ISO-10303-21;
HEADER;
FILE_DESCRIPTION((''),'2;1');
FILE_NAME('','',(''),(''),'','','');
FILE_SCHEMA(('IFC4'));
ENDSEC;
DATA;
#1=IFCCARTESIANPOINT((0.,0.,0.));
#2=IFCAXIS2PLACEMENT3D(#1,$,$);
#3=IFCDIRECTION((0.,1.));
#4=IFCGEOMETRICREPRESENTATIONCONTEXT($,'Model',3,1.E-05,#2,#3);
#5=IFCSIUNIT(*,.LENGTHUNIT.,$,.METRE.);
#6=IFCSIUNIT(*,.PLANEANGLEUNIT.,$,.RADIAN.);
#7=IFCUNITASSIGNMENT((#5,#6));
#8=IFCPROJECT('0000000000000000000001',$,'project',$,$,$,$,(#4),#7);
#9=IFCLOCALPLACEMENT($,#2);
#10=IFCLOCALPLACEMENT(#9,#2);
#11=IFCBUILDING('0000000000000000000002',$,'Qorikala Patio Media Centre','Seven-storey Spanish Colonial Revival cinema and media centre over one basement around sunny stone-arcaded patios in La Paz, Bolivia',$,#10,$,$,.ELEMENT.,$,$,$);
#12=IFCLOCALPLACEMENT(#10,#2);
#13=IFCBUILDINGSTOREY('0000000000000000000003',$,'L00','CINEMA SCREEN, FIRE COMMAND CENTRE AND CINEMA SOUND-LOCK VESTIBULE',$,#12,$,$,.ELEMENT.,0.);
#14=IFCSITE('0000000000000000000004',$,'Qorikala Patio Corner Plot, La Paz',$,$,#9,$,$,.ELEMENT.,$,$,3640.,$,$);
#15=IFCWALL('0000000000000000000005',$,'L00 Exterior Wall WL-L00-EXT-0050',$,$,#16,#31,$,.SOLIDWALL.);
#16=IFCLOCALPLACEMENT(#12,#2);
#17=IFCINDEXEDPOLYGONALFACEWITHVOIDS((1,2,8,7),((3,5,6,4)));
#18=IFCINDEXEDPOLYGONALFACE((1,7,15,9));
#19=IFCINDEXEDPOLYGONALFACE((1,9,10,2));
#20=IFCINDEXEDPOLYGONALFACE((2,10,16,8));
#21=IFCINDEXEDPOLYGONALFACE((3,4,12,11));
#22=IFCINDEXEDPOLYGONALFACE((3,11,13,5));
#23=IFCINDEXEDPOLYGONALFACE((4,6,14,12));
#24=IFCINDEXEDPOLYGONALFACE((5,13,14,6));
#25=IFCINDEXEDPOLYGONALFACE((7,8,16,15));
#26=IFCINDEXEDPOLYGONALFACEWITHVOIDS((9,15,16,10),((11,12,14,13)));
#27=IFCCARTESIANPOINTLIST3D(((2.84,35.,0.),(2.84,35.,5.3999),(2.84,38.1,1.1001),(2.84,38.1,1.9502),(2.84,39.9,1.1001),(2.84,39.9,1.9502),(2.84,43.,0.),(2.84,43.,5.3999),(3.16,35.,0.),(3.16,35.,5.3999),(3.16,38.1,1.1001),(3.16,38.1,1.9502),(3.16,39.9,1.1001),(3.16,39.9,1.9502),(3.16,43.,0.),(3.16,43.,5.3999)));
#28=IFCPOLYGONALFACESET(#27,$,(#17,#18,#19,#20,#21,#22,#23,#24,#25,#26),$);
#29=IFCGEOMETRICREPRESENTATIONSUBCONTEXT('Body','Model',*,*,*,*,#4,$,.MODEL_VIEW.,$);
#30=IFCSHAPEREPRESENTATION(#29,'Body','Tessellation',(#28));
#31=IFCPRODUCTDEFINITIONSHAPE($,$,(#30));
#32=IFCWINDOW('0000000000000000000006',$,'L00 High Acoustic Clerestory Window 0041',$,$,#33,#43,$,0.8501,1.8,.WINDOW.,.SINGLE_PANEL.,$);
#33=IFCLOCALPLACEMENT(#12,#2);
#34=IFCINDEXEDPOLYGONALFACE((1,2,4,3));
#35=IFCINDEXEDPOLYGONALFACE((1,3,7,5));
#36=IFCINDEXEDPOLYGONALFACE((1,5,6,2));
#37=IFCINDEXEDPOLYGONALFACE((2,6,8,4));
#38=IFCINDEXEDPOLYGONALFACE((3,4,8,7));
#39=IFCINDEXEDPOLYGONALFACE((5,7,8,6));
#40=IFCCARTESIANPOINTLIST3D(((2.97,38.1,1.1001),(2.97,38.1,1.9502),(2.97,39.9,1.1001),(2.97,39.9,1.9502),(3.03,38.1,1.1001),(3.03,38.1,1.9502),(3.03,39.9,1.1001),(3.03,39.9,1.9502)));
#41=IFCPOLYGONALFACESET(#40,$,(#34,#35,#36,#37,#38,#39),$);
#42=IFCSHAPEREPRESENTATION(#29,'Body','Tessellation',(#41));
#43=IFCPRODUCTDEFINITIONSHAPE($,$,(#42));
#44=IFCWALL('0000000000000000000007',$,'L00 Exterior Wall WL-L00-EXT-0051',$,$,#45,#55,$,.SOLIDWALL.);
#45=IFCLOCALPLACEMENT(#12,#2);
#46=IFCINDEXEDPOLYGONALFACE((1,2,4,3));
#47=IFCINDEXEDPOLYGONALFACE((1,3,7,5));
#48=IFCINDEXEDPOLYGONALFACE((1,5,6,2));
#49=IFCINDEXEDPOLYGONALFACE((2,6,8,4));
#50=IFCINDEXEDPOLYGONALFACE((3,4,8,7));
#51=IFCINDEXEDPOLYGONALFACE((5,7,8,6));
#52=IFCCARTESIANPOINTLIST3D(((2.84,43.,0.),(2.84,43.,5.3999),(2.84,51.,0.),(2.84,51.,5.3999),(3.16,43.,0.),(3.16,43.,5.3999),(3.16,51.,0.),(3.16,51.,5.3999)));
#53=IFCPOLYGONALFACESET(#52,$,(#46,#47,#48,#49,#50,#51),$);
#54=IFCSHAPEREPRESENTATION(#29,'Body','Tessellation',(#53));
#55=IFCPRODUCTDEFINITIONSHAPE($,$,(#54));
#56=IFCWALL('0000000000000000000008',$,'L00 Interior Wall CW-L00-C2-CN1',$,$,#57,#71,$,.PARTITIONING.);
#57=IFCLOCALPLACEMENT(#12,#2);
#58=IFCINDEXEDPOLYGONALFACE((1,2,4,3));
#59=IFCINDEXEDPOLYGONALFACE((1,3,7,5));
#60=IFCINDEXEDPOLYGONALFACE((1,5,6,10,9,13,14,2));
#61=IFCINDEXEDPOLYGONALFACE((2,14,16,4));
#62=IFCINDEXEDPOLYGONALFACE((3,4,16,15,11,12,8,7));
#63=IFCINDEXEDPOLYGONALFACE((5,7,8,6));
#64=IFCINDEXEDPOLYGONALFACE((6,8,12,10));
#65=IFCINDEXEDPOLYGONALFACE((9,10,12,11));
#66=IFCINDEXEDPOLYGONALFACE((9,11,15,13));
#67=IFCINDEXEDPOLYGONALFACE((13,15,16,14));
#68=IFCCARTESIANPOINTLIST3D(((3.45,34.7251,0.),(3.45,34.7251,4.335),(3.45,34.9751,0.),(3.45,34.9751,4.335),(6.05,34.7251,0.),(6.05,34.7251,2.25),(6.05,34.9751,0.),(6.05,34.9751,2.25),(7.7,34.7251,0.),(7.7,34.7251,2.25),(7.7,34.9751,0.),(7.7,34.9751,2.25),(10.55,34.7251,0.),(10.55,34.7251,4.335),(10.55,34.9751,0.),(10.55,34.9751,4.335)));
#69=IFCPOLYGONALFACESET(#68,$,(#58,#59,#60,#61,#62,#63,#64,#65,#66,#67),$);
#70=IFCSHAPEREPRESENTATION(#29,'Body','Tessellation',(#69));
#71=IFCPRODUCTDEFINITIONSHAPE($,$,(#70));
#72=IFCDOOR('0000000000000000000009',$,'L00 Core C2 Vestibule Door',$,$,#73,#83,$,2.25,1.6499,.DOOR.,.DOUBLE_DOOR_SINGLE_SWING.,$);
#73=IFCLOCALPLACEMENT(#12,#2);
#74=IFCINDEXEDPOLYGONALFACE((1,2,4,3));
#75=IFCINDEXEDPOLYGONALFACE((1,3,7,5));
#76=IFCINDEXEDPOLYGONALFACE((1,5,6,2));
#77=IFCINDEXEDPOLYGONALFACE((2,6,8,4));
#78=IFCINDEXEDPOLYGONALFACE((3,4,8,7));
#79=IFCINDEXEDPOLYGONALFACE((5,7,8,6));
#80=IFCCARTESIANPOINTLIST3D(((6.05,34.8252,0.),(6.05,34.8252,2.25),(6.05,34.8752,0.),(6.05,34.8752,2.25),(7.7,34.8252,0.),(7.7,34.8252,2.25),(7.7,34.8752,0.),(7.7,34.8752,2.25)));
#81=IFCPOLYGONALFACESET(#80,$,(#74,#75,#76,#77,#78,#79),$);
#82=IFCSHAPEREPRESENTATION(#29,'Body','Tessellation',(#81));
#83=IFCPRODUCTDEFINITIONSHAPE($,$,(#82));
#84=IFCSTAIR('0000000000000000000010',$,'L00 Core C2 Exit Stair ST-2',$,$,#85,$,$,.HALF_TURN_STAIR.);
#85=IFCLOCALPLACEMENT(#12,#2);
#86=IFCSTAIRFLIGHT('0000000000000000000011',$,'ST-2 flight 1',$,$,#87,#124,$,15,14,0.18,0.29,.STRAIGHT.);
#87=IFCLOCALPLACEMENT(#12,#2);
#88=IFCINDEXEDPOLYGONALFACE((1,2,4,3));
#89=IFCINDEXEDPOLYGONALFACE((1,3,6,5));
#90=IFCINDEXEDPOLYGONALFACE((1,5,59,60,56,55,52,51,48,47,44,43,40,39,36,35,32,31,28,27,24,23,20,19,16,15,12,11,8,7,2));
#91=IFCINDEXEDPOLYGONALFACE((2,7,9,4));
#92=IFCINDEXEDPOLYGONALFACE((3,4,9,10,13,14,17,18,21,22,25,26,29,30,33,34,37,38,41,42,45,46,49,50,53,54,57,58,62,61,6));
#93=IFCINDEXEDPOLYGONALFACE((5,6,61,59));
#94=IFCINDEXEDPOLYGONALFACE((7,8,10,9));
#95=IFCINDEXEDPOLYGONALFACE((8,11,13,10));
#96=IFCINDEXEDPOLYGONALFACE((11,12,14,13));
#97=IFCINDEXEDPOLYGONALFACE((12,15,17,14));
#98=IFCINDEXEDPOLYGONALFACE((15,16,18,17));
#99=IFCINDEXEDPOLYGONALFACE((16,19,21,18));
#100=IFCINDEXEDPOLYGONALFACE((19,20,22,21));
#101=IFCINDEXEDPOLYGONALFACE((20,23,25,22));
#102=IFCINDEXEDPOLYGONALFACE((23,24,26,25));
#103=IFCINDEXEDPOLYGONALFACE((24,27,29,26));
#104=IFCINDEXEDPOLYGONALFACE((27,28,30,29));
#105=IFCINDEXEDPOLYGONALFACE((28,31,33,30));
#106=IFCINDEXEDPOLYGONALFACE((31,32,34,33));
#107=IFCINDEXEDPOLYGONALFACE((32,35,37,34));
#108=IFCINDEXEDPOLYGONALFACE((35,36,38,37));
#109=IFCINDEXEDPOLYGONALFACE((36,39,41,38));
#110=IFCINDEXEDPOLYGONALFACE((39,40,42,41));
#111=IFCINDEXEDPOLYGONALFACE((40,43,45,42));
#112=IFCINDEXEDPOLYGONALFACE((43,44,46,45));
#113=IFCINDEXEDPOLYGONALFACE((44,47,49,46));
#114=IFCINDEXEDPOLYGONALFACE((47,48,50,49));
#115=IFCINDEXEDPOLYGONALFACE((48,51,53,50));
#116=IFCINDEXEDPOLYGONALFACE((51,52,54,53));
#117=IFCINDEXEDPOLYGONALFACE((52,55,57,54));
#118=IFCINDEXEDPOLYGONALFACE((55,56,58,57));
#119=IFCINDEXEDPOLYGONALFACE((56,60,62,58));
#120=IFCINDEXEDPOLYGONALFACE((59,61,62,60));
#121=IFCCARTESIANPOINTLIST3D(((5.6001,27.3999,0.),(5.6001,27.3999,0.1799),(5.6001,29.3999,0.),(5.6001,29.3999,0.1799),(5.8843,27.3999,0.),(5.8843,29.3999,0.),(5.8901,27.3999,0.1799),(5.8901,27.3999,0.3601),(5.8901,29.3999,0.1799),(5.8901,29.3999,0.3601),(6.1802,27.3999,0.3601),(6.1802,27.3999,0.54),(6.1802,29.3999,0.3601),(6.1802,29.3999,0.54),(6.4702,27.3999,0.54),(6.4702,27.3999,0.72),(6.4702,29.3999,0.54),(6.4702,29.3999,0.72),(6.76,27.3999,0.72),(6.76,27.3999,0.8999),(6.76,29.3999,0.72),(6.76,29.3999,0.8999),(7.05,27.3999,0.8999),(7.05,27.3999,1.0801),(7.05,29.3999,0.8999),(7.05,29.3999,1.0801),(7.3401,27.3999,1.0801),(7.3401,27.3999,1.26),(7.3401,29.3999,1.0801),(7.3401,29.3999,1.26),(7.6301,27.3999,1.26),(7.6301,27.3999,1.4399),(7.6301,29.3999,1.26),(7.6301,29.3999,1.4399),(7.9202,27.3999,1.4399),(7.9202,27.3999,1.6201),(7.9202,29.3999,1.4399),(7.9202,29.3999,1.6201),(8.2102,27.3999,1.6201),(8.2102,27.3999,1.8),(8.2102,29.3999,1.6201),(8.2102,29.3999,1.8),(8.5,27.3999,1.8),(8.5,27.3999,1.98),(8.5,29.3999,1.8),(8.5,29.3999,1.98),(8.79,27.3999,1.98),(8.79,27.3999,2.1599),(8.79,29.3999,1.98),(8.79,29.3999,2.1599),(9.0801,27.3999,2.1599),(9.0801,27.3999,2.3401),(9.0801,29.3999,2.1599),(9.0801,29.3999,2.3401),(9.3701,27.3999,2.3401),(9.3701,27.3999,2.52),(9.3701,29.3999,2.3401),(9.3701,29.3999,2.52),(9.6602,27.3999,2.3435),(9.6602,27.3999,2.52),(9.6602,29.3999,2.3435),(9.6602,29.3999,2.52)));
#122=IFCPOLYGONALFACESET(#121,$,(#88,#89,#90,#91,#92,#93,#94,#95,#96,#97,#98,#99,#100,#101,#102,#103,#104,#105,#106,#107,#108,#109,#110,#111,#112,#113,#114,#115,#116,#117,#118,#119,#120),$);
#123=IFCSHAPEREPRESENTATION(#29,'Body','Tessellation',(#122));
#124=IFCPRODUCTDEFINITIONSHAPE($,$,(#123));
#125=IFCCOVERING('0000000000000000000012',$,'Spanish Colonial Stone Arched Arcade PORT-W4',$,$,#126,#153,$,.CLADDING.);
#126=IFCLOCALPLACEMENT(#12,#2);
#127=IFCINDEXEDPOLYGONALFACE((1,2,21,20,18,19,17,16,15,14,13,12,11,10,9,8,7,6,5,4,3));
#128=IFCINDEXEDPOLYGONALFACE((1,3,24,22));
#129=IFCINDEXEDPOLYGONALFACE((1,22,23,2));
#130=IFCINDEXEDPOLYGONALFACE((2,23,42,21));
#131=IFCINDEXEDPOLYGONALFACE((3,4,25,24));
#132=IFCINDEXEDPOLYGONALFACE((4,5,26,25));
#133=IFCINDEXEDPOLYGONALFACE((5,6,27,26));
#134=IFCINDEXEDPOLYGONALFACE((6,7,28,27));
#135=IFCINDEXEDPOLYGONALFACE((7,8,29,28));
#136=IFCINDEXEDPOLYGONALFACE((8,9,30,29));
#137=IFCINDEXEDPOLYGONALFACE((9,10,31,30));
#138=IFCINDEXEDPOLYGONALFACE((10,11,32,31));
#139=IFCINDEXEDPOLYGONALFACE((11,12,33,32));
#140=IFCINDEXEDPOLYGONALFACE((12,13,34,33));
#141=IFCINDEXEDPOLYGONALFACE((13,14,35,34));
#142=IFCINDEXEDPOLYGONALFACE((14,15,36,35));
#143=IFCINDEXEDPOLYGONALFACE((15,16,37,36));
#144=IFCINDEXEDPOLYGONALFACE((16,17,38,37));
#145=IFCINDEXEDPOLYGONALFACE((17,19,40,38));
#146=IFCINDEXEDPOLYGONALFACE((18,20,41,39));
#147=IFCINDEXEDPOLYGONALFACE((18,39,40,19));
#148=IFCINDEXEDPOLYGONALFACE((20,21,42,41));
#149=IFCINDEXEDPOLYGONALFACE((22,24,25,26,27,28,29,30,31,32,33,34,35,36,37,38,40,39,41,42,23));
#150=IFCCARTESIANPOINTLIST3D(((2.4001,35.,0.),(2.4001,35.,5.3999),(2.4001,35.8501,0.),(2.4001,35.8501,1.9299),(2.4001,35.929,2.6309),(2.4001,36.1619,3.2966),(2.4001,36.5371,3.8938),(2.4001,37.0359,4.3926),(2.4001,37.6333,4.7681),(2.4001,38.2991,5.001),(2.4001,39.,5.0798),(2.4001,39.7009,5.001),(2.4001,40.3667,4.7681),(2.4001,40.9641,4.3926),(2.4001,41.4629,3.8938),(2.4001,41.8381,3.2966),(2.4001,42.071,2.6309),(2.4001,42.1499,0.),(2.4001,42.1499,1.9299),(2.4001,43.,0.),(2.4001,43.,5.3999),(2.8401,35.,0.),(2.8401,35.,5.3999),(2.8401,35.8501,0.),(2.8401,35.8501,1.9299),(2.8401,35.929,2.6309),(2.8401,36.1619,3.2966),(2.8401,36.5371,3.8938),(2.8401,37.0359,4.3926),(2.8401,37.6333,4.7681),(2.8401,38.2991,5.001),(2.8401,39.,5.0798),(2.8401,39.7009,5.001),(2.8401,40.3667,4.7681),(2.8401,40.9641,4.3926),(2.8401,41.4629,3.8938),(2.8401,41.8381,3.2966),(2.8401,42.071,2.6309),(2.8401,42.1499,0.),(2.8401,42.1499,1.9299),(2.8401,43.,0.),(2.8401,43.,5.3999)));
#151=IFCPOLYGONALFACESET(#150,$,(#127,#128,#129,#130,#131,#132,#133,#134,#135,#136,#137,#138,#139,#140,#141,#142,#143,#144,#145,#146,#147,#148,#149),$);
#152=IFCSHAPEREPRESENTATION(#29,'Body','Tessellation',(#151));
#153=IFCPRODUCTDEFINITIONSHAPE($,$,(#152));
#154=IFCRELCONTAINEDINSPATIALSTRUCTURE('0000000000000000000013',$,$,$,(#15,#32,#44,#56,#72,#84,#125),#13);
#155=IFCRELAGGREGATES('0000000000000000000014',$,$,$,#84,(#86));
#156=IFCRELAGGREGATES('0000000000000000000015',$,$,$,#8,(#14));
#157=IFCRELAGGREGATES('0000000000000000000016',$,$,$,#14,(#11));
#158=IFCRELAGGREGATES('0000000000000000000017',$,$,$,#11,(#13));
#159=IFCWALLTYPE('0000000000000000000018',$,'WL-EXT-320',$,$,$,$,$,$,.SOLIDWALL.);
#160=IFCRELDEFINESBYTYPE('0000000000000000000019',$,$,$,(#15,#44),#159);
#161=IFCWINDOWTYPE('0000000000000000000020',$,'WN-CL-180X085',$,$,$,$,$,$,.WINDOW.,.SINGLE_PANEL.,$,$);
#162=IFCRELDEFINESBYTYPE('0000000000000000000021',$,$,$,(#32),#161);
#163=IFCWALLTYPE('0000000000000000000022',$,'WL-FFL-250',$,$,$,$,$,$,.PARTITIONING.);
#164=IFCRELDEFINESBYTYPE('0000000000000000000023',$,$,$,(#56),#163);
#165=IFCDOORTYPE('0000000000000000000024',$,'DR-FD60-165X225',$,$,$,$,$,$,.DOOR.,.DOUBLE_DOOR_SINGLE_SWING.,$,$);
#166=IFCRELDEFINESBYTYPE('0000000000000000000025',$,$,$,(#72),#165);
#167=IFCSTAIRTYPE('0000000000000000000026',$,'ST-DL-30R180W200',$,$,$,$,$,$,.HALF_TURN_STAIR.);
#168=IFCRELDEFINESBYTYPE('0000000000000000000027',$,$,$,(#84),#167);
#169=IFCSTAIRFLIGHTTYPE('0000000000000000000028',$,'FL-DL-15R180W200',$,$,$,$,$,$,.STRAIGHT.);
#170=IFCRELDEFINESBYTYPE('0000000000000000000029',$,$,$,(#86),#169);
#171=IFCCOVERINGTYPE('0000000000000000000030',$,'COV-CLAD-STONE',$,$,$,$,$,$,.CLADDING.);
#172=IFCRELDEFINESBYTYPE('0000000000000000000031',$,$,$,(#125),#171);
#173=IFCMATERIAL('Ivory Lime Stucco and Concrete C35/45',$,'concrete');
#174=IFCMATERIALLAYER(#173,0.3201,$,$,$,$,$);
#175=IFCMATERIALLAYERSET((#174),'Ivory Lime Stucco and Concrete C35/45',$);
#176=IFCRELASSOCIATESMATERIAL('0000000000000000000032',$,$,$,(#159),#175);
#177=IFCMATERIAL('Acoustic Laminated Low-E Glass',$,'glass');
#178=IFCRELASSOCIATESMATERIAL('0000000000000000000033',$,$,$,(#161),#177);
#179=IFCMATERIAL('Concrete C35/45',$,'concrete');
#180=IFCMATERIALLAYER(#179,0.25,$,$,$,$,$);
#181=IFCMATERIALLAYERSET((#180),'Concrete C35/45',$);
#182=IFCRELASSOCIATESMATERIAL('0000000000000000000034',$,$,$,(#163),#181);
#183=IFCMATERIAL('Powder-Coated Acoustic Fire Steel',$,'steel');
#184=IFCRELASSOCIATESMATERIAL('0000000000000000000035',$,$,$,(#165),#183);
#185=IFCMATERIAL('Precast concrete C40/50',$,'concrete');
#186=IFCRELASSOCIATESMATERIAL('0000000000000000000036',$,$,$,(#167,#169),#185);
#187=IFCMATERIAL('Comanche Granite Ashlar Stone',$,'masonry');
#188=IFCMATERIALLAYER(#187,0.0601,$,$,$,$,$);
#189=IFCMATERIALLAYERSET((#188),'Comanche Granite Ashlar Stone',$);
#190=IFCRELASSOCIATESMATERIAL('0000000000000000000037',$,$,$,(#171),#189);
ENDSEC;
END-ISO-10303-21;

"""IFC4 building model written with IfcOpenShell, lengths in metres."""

from ifc_helpers import new_model, si_unit, direction, frame, frame_2d, origin, place, context, subcontext, project, spatial, polyline, rectangle, outline, extrude, material, layer, layer_set, type_object, element, fill, aggregate, save


model = new_model("IFC4")

# Units and contexts
model_context = context("Model", 3, precision=1e-05, world=origin(), true_north=direction((0.0, 1.0)))
body_context = subcontext(model_context, "Body", "Model", "MODEL_VIEW")
ifc_project = project(units=[si_unit("LENGTHUNIT", "METRE"), si_unit("PLANEANGLEUNIT", "RADIAN")], contexts=[model_context])

# Site, building, storey
site_placement = place(None, origin())
site = spatial("IfcSite", under=ifc_project, at=site_placement, Name="Qorikala Patio Corner Plot, La Paz", CompositionType="ELEMENT", RefElevation=3640.0)
building_placement = place(site_placement, origin())
building = spatial("IfcBuilding", under=site, at=building_placement, Name="Qorikala Patio Media Centre", Description="Seven-storey Spanish Colonial Revival cinema and media centre over one basement around sunny stone-arcaded patios in La Paz, Bolivia", CompositionType="ELEMENT")
storey_placement = place(building_placement, origin())
storey = spatial("IfcBuildingStorey", under=building, at=storey_placement, Name="L00", Description="CINEMA SCREEN, FIRE COMMAND CENTRE AND CINEMA SOUND-LOCK VESTIBULE", CompositionType="ELEMENT", Elevation=0.0)

# Shared definitions
ifc_material_1 = material(Name="Concrete C35/45", Category="concrete")

# Shared definitions
ifc_material_2 = material(Name="Powder-Coated Acoustic Fire Steel", Category="steel")

# Wall, opening, window
ifc_material_3 = material(Name="Ivory Lime Stucco and Concrete C35/45", Category="concrete")
ifc_layer_1 = layer(ifc_material_3, 0.3201)
ifc_layer_set_1 = layer_set([ifc_layer_1], Name="Ivory Lime Stucco and Concrete C35/45")
wall_type_1 = type_object("IfcWallType", Name="WL-EXT-320", PredefinedType="SOLIDWALL", material=ifc_layer_set_1)
wall_1_placement = place(storey_placement, frame((3.0, 35.0, 0.0), z_axis=(0.0, 0.0, 1.0), x_axis=(0.0, 1.0, 0.0)))
wall_1 = element("IfcWall", 1, at=wall_1_placement, inside=storey, type_object=wall_type_1, Name="L00 Exterior Wall WL-L00-EXT-0050", PredefinedType="SOLIDWALL", context=body_context, shape_type="SweptSolid", body=[
    extrude(rectangle(XDim=8.0, YDim=0.3201, at=frame_2d((4.0, 0.0))), origin(), (0.0, 0.0, 1.0), 5.3999),
])
opening_1_placement = place(wall_1_placement, frame((3.1001, 0.0, 1.1001)))
opening_1 = element("IfcOpeningElement", 2, at=opening_1_placement, cuts=wall_1, PredefinedType="OPENING", context=body_context, shape_type="SweptSolid", body=[
    extrude(rectangle(XDim=1.8, YDim=0.8501, at=frame_2d((0.8999, 0.425))), frame((0.0, 0.1699, 0.0), z_axis=(0.0, -1.0, 0.0), x_axis=(1.0, 0.0, 0.0)), (0.0, 0.0, 1.0), 0.3401),
])
ifc_material_4 = material(Name="Acoustic Laminated Low-E Glass", Category="glass")
window_type = type_object("IfcWindowType", Name="WN-CL-180X085", PartitioningType="SINGLE_PANEL", PredefinedType="WINDOW", material=ifc_material_4)
window_placement = place(opening_1_placement, origin())
window = element("IfcWindow", 3, at=window_placement, inside=storey, type_object=window_type, Name="L00 High Acoustic Clerestory Window 0041", OverallHeight=0.8501, OverallWidth=1.8, PartitioningType="SINGLE_PANEL", PredefinedType="WINDOW", context=body_context, shape_type="SweptSolid", body=[
    extrude(rectangle(XDim=1.8, YDim=0.8501, at=frame_2d((0.8999, 0.425))), frame((0.0, 0.03, 0.0), z_axis=(0.0, -1.0, 0.0), x_axis=(1.0, 0.0, 0.0)), (0.0, 0.0, 1.0), 0.0601),
])
fill(opening_1, window)

# Wall
wall_2_placement = place(storey_placement, frame((3.0, 43.0, 0.0), z_axis=(0.0, 0.0, 1.0), x_axis=(0.0, 1.0, 0.0)))
element("IfcWall", 4, at=wall_2_placement, inside=storey, type_object=wall_type_1, Name="L00 Exterior Wall WL-L00-EXT-0051", PredefinedType="SOLIDWALL", context=body_context, shape_type="SweptSolid", body=[
    extrude(rectangle(XDim=8.0, YDim=0.3201, at=frame_2d((4.0, 0.0))), origin(), (0.0, 0.0, 1.0), 5.3999),
])

# Wall, opening, door
ifc_layer_2 = layer(ifc_material_1, 0.25)
ifc_layer_set_2 = layer_set([ifc_layer_2], Name="Concrete C35/45")
wall_type_2 = type_object("IfcWallType", Name="WL-FFL-250", PredefinedType="PARTITIONING", material=ifc_layer_set_2)
wall_3_placement = place(storey_placement, frame((3.45, 34.8501, 0.0), z_axis=(0.0, 0.0, 1.0), x_axis=(1.0, 0.0, 0.0)))
wall_3 = element("IfcWall", 5, at=wall_3_placement, inside=storey, type_object=wall_type_2, Name="L00 Interior Wall CW-L00-C2-CN1", PredefinedType="PARTITIONING", context=body_context, shape_type="SweptSolid", body=[
    extrude(rectangle(XDim=7.1001, YDim=0.25, at=frame_2d((3.55, 0.0))), origin(), (0.0, 0.0, 1.0), 4.335),
])
opening_2_placement = place(wall_3_placement, frame((2.6001, 0.0, 0.0)))
opening_2 = element("IfcOpeningElement", 6, at=opening_2_placement, cuts=wall_3, PredefinedType="OPENING", context=body_context, shape_type="SweptSolid", body=[
    extrude(rectangle(XDim=1.6499, YDim=2.25, at=frame_2d((0.825, 1.125))), frame((0.0, 0.135, 0.0), z_axis=(0.0, -1.0, 0.0), x_axis=(1.0, 0.0, 0.0)), (0.0, 0.0, 1.0), 0.27),
])
door_type_1 = type_object("IfcDoorType", Name="DR-FD60-165X225", OperationType="DOUBLE_DOOR_SINGLE_SWING", PredefinedType="DOOR", material=ifc_material_2)
door_1_placement = place(opening_2_placement, frame((1.6499, 0.0, 0.0), z_axis=(0.0, 0.0, 1.0), x_axis=(-1.0, 0.0, 0.0)))
door_1 = element("IfcDoor", 7, at=door_1_placement, inside=storey, type_object=door_type_1, Name="L00 Core C2 Vestibule Door", OperationType="DOUBLE_DOOR_SINGLE_SWING", OverallHeight=2.25, OverallWidth=1.6499, PredefinedType="DOOR", context=body_context, shape_type="SweptSolid", body=[
    extrude(rectangle(XDim=1.6499, YDim=2.25, at=frame_2d((0.825, 1.125))), frame((0.0, 0.0249, 0.0), z_axis=(0.0, -1.0, 0.0), x_axis=(1.0, 0.0, 0.0)), (0.0, 0.0, 1.0), 0.05),
])
fill(opening_2, door_1)

# Stair, stair flight
ifc_material_5 = material(Name="Precast concrete C40/50", Category="concrete")
stair_type = type_object("IfcStairType", Name="ST-DL-30R180W200", PredefinedType="HALF_TURN_STAIR", material=ifc_material_5)
stair_placement = place(storey_placement, origin())
stair = element("IfcStair", 8, at=stair_placement, inside=storey, type_object=stair_type, Name="L00 Core C2 Exit Stair ST-2", PredefinedType="HALF_TURN_STAIR")
stair_flight_type = type_object("IfcStairFlightType", Name="FL-DL-15R180W200", PredefinedType="STRAIGHT", material=ifc_material_5)
stair_flight_placement = place(storey_placement, frame((5.6001, 28.3999, 0.0), z_axis=(0.0, 0.0, 1.0), x_axis=(1.0, 0.0, 0.0)))
stair_flight = element("IfcStairFlight", 9, at=stair_flight_placement, type_object=stair_flight_type, Name="ST-2 flight 1", NumberOfRisers=15, NumberOfTreads=14, PredefinedType="STRAIGHT", RiserHeight=0.18, TreadLength=0.29, context=body_context, shape_type="SweptSolid", body=[
    extrude(outline(polyline([(0.0, 0.0), (0.0, 0.1799), (0.29, 0.1799), (0.29, 0.3601), (0.5801, 0.3601), (0.5801, 0.54), (0.8701, 0.54), (0.8701, 0.72), (1.1599, 0.72), (1.1599, 0.8999), (1.45, 0.8999), (1.45, 1.0801), (1.74, 1.0801), (1.74, 1.26), (2.03, 1.26), (2.03, 1.4399), (2.3201, 1.4399), (2.3201, 1.6201), (2.6101, 1.6201), (2.6101, 1.8), (2.8999, 1.8), (2.8999, 1.98), (3.1899, 1.98), (3.1899, 2.1599), (3.48, 2.1599), (3.48, 2.3401), (3.77, 2.3401), (3.77, 2.52), (4.0601, 2.52), (4.0601, 2.7), (4.0601, 2.3435), (0.2842, 0.0), (0.0, 0.0)])), frame((0.0, 1.0, 0.0), z_axis=(0.0, -1.0, 0.0), x_axis=(1.0, 0.0, 0.0)), (0.0, 0.0, 1.0), 2.0),
])
aggregate(stair, [stair_flight])

# Covering
ifc_material_6 = material(Name="Comanche Granite Ashlar Stone", Category="masonry")
ifc_layer_3 = layer(ifc_material_6, 0.0601)
ifc_layer_set_3 = layer_set([ifc_layer_3], Name="Comanche Granite Ashlar Stone")
covering_type = type_object("IfcCoveringType", Name="COV-CLAD-STONE", PredefinedType="CLADDING", material=ifc_layer_set_3)
for number, where, z_axis, x_axis, name in (
    (10, (2.6201, 35.0, 0.0), (0.0, 0.0, 1.0), (0.0, 1.0, 0.0), "Spanish Colonial Stone Arched Arcade PORT-W4"),
):
    element("IfcCovering", number, at=place(storey_placement, frame(where, z_axis=z_axis, x_axis=x_axis)), inside=storey, type_object=covering_type, Name=name, PredefinedType="CLADDING", context=body_context, shape_type="SweptSolid", body=[
        extrude(outline(polyline([(0.0, 0.0), (0.8501, 0.0), (0.8501, 1.9299), (0.929, 2.6309), (1.1619, 3.2966), (1.5371, 3.8938), (2.0359, 4.3926), (2.6333, 4.7681), (3.2991, 5.001), (4.0, 5.0798), (4.7009, 5.001), (5.3667, 4.7681), (5.9641, 4.3926), (6.4629, 3.8938), (6.8381, 3.2966), (7.071, 2.6309), (7.1499, 1.9299), (7.1499, 0.0), (8.0, 0.0), (8.0, 5.3999), (0.0, 5.3999), (0.0, 0.0)])), frame((0.0, 0.22, 0.0), z_axis=(0.0, -1.0, 0.0), x_axis=(1.0, 0.0, 0.0)), (0.0, 0.0, 1.0), 0.4399),
    ])

save(model, "model.ifc")
